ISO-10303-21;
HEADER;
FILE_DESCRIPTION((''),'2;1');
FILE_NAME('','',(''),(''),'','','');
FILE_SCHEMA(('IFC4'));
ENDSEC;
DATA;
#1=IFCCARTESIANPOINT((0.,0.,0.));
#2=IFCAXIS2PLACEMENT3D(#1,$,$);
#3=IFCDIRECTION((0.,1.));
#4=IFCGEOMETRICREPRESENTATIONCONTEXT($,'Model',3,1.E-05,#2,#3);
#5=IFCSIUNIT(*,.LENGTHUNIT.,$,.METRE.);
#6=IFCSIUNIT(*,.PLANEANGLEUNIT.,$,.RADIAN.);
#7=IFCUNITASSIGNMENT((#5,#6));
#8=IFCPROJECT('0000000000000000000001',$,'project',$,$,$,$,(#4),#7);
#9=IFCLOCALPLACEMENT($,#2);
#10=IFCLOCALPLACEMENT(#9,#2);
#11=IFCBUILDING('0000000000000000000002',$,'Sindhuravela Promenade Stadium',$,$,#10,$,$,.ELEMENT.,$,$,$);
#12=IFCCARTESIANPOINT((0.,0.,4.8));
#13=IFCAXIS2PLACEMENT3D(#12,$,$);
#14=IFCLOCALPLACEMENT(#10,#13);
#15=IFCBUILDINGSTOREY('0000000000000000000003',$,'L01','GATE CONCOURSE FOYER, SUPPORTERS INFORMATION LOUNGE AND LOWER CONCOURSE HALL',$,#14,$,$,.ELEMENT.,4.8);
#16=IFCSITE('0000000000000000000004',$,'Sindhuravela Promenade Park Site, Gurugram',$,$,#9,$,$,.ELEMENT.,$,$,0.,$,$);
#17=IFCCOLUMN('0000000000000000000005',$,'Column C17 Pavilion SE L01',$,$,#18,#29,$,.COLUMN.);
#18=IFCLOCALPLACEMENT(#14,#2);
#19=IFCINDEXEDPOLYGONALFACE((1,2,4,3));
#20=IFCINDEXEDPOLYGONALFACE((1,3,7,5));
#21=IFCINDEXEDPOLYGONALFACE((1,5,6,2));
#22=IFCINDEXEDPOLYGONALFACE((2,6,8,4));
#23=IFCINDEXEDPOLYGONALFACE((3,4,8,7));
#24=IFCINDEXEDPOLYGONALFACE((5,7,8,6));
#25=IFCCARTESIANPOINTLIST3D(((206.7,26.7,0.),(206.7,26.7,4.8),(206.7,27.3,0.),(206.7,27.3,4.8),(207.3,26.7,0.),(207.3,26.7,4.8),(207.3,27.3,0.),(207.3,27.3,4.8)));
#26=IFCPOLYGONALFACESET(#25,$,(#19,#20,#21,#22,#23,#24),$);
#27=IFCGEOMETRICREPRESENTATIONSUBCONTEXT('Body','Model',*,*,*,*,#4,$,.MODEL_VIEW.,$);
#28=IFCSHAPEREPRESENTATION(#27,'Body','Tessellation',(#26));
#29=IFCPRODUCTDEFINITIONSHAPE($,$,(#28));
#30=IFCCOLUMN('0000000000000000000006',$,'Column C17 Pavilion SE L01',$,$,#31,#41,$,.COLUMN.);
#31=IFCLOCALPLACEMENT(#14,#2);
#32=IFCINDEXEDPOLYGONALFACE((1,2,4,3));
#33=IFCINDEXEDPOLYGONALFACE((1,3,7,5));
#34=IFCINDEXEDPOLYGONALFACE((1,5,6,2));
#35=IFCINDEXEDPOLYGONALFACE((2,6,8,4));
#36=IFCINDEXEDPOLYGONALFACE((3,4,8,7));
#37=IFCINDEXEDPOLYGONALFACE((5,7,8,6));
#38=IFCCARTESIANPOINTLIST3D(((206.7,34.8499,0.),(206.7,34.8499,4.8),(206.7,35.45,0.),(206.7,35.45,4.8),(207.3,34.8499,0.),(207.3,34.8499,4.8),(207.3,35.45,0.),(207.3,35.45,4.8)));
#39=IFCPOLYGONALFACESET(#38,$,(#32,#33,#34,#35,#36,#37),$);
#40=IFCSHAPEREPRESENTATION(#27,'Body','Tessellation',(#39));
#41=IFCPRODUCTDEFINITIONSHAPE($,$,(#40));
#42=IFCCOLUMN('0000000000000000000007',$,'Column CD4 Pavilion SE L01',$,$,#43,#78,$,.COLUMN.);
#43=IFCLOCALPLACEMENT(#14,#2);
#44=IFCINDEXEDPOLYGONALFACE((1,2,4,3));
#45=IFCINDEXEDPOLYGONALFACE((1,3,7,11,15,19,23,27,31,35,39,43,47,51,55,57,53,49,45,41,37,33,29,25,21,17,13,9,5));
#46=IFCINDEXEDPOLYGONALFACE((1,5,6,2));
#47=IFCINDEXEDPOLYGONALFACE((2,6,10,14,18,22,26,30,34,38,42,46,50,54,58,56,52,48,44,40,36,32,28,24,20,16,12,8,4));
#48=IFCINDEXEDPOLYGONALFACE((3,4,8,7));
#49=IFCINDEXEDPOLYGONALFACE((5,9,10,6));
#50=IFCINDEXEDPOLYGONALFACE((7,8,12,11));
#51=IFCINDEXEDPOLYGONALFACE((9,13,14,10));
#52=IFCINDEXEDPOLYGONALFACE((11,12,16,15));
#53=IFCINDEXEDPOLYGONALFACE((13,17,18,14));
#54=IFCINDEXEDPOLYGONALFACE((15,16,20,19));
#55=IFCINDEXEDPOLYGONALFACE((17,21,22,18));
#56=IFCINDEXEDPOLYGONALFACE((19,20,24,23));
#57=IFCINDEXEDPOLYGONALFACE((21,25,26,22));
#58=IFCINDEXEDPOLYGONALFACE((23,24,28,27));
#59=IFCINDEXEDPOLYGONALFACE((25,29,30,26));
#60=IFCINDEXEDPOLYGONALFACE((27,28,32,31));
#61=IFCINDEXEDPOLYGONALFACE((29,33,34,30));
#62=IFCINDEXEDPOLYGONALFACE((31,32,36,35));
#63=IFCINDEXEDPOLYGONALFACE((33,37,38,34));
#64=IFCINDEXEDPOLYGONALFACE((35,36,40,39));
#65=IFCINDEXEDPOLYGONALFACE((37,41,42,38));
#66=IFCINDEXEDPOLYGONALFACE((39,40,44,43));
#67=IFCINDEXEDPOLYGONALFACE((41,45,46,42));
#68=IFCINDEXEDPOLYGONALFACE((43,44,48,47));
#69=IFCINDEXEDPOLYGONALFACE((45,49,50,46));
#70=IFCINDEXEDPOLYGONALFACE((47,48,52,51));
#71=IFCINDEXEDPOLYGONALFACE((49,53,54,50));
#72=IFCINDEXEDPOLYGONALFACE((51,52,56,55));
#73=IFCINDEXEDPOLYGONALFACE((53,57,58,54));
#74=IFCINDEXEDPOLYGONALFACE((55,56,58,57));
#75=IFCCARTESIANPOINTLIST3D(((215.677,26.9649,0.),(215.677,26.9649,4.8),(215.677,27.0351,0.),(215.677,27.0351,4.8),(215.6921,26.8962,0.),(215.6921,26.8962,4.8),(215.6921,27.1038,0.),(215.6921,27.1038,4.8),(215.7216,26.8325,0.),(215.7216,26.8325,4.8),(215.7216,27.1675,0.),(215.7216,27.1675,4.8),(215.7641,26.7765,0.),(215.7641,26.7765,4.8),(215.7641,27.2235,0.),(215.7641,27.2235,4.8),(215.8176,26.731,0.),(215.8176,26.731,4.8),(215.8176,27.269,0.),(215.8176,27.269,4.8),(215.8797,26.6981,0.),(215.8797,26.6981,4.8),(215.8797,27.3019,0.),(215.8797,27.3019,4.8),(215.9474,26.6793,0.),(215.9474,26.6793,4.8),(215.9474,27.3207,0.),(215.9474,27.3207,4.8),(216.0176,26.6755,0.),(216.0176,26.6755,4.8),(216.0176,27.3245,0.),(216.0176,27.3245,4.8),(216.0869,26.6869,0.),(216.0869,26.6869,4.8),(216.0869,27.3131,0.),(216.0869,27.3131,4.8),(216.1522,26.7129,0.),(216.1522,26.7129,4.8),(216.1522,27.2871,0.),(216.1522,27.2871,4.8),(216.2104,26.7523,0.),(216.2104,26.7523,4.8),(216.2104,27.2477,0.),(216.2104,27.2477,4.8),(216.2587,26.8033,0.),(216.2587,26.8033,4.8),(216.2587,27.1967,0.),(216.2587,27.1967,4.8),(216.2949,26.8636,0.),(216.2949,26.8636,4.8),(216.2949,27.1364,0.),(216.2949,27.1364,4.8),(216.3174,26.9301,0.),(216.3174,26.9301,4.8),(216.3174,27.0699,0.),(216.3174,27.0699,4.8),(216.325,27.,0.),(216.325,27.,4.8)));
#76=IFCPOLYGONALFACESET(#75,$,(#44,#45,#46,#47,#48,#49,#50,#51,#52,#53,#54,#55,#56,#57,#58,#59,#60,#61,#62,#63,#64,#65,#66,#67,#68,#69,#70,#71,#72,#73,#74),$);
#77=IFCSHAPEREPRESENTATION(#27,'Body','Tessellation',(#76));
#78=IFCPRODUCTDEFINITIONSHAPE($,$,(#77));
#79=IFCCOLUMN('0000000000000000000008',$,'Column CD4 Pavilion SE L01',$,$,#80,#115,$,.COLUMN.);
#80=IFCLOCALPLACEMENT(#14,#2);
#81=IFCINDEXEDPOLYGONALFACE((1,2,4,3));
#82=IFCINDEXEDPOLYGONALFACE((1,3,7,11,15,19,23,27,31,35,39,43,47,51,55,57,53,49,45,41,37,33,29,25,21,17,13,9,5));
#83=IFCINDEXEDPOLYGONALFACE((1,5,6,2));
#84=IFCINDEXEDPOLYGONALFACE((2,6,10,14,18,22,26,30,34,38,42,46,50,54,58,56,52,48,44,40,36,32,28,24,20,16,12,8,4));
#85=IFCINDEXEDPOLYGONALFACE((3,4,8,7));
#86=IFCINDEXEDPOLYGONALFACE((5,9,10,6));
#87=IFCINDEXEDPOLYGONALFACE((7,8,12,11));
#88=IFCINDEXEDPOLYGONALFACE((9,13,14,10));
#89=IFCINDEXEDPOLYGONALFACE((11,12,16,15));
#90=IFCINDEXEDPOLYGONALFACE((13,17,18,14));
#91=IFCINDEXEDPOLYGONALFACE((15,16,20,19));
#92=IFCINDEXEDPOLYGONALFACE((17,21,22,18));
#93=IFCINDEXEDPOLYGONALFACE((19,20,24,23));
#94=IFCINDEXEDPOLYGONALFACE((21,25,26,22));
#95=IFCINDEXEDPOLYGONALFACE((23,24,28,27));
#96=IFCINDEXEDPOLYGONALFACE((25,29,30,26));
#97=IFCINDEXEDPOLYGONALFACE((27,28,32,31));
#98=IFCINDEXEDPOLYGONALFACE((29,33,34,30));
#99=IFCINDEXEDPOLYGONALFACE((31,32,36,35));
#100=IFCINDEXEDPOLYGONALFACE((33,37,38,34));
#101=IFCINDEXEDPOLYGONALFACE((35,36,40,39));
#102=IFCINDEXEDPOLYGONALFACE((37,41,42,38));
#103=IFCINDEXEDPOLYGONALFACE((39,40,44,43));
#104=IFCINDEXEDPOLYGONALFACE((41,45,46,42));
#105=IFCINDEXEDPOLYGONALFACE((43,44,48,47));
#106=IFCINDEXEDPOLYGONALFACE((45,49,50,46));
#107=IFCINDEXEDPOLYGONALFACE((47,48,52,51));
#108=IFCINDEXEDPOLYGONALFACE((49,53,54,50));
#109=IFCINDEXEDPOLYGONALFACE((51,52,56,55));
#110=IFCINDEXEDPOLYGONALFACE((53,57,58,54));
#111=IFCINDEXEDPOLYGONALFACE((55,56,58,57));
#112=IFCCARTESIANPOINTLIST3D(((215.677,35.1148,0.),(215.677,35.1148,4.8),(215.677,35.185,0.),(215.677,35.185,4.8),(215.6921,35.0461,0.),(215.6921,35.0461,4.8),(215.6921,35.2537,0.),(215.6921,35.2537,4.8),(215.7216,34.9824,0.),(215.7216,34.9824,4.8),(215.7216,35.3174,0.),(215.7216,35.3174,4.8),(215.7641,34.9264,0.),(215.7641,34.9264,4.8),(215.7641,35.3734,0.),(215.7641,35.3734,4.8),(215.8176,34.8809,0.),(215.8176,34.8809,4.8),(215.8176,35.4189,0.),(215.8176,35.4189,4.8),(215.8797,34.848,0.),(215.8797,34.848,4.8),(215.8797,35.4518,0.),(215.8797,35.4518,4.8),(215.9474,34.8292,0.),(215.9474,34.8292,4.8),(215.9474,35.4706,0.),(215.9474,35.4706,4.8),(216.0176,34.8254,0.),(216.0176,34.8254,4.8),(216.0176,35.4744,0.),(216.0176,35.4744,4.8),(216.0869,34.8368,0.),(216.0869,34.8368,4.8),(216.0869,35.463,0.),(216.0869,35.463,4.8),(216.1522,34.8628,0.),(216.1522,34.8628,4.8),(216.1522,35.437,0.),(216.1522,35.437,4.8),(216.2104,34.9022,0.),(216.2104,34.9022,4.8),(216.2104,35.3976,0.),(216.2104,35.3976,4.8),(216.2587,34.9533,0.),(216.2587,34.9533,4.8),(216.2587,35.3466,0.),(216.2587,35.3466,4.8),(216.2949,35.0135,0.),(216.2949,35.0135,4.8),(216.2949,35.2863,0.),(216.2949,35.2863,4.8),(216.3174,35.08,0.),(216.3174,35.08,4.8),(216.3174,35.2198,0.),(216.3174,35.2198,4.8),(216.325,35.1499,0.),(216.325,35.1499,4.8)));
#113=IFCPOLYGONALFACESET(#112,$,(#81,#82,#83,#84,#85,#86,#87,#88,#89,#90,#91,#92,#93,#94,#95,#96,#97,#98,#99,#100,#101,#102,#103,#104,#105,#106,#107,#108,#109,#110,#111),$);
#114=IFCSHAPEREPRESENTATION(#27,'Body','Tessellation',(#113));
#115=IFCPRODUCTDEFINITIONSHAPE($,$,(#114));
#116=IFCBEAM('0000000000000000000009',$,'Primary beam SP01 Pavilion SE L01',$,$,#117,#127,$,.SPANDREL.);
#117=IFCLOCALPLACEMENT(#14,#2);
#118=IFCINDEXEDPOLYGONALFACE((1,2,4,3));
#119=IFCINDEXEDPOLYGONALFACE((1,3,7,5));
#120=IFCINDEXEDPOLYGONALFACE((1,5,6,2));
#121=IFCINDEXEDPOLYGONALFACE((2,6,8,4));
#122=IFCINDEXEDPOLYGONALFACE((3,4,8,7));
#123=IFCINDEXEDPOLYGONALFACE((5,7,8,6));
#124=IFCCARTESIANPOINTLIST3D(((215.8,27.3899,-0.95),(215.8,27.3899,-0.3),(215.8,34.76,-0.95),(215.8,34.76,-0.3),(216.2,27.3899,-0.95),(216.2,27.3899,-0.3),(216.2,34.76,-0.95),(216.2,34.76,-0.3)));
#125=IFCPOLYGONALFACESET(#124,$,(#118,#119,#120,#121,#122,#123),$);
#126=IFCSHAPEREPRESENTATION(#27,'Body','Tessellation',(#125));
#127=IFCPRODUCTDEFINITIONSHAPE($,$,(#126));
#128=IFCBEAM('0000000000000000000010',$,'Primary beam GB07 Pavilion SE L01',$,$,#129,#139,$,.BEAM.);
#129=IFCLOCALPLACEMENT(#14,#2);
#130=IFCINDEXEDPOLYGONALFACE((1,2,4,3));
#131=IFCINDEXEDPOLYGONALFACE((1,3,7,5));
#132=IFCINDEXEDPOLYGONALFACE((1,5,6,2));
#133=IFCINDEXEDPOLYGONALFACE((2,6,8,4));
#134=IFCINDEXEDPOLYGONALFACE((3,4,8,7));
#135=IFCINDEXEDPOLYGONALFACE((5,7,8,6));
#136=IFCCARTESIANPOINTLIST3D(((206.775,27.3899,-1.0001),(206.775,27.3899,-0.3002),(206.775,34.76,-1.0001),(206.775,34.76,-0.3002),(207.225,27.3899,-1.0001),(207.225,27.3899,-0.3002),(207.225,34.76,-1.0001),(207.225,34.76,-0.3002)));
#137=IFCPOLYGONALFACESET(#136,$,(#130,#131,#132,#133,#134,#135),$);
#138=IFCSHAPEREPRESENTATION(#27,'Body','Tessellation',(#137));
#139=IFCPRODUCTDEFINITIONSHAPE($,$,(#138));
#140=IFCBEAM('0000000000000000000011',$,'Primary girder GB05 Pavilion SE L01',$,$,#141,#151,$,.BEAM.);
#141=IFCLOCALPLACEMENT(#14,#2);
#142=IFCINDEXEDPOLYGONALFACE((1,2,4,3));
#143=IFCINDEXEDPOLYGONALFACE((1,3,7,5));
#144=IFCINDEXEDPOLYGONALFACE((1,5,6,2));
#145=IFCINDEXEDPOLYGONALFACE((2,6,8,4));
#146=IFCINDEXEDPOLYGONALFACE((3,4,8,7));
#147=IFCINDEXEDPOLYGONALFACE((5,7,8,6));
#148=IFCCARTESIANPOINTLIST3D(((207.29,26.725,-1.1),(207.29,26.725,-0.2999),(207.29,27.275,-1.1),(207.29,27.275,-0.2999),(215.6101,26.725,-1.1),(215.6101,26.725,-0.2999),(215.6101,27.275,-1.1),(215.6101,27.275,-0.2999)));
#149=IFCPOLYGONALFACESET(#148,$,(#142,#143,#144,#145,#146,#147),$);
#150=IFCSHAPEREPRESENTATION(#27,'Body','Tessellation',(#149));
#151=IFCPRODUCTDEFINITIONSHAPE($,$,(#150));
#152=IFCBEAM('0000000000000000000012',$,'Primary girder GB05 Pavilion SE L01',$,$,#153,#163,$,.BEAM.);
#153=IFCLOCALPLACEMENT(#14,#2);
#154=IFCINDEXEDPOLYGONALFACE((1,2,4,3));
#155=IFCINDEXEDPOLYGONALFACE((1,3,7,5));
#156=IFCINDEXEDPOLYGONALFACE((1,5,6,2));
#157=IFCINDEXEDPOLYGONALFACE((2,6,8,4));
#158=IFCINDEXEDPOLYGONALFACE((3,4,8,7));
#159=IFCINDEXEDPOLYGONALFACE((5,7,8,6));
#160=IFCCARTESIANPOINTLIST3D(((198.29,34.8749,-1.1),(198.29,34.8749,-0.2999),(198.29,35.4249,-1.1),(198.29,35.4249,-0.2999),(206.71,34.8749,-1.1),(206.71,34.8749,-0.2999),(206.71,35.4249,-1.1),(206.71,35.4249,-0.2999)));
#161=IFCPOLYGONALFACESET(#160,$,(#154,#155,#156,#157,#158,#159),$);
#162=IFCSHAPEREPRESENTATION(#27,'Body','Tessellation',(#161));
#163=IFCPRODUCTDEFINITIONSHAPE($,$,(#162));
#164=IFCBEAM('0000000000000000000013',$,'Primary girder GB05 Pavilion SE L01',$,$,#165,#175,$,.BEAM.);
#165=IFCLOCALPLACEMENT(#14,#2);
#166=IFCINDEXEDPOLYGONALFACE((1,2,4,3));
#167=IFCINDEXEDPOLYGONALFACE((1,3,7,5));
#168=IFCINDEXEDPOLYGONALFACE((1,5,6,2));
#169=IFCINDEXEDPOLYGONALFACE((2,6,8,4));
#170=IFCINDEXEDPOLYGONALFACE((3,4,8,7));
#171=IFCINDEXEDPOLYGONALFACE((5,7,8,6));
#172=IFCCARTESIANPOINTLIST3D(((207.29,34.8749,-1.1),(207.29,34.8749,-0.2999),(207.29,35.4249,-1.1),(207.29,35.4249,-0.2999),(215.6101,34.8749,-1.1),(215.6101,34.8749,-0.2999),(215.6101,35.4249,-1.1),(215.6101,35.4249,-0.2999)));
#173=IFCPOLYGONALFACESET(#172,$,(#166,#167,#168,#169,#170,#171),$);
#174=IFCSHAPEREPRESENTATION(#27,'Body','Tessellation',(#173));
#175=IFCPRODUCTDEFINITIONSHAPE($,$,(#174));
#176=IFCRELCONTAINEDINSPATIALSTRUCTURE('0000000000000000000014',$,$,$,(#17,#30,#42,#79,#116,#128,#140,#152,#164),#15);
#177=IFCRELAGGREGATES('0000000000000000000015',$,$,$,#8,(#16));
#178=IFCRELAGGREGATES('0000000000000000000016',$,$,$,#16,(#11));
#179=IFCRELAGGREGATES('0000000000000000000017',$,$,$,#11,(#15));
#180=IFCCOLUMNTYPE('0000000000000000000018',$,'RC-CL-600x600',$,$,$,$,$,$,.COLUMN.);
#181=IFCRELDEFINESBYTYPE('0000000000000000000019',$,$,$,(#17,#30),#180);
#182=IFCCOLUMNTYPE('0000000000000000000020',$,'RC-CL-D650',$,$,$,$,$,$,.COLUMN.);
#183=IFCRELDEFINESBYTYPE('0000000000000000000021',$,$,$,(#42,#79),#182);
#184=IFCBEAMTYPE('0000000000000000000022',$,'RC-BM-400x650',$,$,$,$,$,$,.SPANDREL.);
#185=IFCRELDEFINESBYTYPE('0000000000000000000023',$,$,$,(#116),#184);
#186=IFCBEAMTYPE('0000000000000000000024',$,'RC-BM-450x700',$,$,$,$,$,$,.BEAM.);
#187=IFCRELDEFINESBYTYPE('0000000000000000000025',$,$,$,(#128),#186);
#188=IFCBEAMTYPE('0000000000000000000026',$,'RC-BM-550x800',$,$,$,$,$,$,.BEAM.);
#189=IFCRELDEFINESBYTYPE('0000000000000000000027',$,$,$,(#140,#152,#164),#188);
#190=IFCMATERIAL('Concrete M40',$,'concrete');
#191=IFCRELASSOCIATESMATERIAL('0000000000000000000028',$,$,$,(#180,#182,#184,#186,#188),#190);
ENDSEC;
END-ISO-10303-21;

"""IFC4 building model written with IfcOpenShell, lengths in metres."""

from ifc_helpers import new_model, si_unit, direction, frame, origin, origin_2d, place, context, subcontext, project, spatial, rectangle, circle, extrude, material, material_profile, profile_set, type_object, element, save


model = new_model("IFC4")

# Units and contexts
model_context = context("Model", 3, precision=1e-05, world=origin(), true_north=direction((0.0, 1.0)))
body_context = subcontext(model_context, "Body", "Model", "MODEL_VIEW")
ifc_project = project(units=[si_unit("LENGTHUNIT", "METRE"), si_unit("PLANEANGLEUNIT", "RADIAN")], contexts=[model_context])

# Site, building, storey
site_placement = place(None, origin())
site = spatial("IfcSite", under=ifc_project, at=site_placement, Name="Sindhuravela Promenade Park Site, Gurugram", CompositionType="ELEMENT", RefElevation=0.0)
building_placement = place(site_placement, origin())
building = spatial("IfcBuilding", under=site, at=building_placement, Name="Sindhuravela Promenade Stadium", CompositionType="ELEMENT")
storey_placement = place(building_placement, frame((0.0, 0.0, 4.8)))
storey = spatial("IfcBuildingStorey", under=building, at=storey_placement, Name="L01", Description="GATE CONCOURSE FOYER, SUPPORTERS INFORMATION LOUNGE AND LOWER CONCOURSE HALL", CompositionType="ELEMENT", Elevation=4.8)

# Columns
ifc_material_1 = material(Name="Concrete M40", Category="concrete")
ifc_material_profile_1 = material_profile(ifc_material_1, rectangle(XDim=0.6001, YDim=0.6001, at=origin_2d()), Name="RC 600x600")
ifc_profile_set_1 = profile_set([ifc_material_profile_1], Name="Concrete M40")
column_type_1 = type_object("IfcColumnType", Name="RC-CL-600x600", PredefinedType="COLUMN", material=ifc_profile_set_1)
for number, where, z_axis, x_axis, name in (
    (1, (207.0, 27.0, 0.0), (0.0, 0.0, 1.0), (1.0, 0.0, 0.0), "Column C17 Pavilion SE L01"),
    (2, (207.0, 35.1499, 0.0), (0.0, 0.0, 1.0), (1.0, 0.0, 0.0), "Column C17 Pavilion SE L01"),
):
    element("IfcColumn", number, at=place(storey_placement, frame(where, z_axis=z_axis, x_axis=x_axis)), inside=storey, type_object=column_type_1, Name=name, PredefinedType="COLUMN", context=body_context, shape_type="SweptSolid", body=[
        extrude(rectangle(XDim=0.6001, YDim=0.6001, at=origin_2d()), origin(), (0.0, 0.0, 1.0), 4.8),
    ])
ifc_material_profile_2 = material_profile(ifc_material_1, circle(Radius=0.325, at=origin_2d()), Name="RC D650")
ifc_profile_set_2 = profile_set([ifc_material_profile_2], Name="Concrete M40")
column_type_2 = type_object("IfcColumnType", Name="RC-CL-D650", PredefinedType="COLUMN", material=ifc_profile_set_2)
for number, where, z_axis, x_axis, name in (
    (3, (216.0, 27.0, 0.0), (0.0, 0.0, 1.0), (1.0, 0.0, 0.0), "Column CD4 Pavilion SE L01"),
    (4, (216.0, 35.1499, 0.0), (0.0, 0.0, 1.0), (1.0, 0.0, 0.0), "Column CD4 Pavilion SE L01"),
):
    element("IfcColumn", number, at=place(storey_placement, frame(where, z_axis=z_axis, x_axis=x_axis)), inside=storey, type_object=column_type_2, Name=name, PredefinedType="COLUMN", context=body_context, shape_type="SweptSolid", body=[
        extrude(circle(Radius=0.325, at=origin_2d()), origin(), (0.0, 0.0, 1.0), 4.8),
    ])

# Beams
ifc_material_profile_3 = material_profile(ifc_material_1, rectangle(XDim=0.3999, YDim=0.6499, at=origin_2d()), Name="RC 400x650")
ifc_profile_set_3 = profile_set([ifc_material_profile_3], Name="Concrete M40")
beam_type_1 = type_object("IfcBeamType", Name="RC-BM-400x650", PredefinedType="SPANDREL", material=ifc_profile_set_3)
beam_1_placement = place(storey_placement, frame((216.0, 27.3899, -0.625), z_axis=(0.0, 1.0, 0.0), x_axis=(-1.0, 0.0, 0.0)))
element("IfcBeam", 5, at=beam_1_placement, inside=storey, type_object=beam_type_1, Name="Primary beam SP01 Pavilion SE L01", PredefinedType="SPANDREL", context=body_context, shape_type="SweptSolid", body=[
    extrude(rectangle(XDim=0.3999, YDim=0.6499, at=origin_2d()), origin(), (0.0, 0.0, 1.0), 7.3701),
])
ifc_material_profile_4 = material_profile(ifc_material_1, rectangle(XDim=0.45, YDim=0.7, at=origin_2d()), Name="RC 450x700")
ifc_profile_set_4 = profile_set([ifc_material_profile_4], Name="Concrete M40")
beam_type_2 = type_object("IfcBeamType", Name="RC-BM-450x700", PredefinedType="BEAM", material=ifc_profile_set_4)
beam_2_placement = place(storey_placement, frame((207.0, 27.3899, -0.6501), z_axis=(0.0, 1.0, 0.0), x_axis=(-1.0, 0.0, 0.0)))
element("IfcBeam", 6, at=beam_2_placement, inside=storey, type_object=beam_type_2, Name="Primary beam GB07 Pavilion SE L01", PredefinedType="BEAM", context=body_context, shape_type="SweptSolid", body=[
    extrude(rectangle(XDim=0.45, YDim=0.7, at=origin_2d()), origin(), (0.0, 0.0, 1.0), 7.3701),
])
ifc_material_profile_5 = material_profile(ifc_material_1, rectangle(XDim=0.55, YDim=0.8, at=origin_2d()), Name="RC 550x800")
ifc_profile_set_5 = profile_set([ifc_material_profile_5], Name="Concrete M40")
beam_type_3 = type_object("IfcBeamType", Name="RC-BM-550x800", PredefinedType="BEAM", material=ifc_profile_set_5)
beam_3_placement = place(storey_placement, frame((207.29, 27.0, -0.7), z_axis=(1.0, 0.0, 0.0), x_axis=(0.0, 1.0, 0.0)))
element("IfcBeam", 7, at=beam_3_placement, inside=storey, type_object=beam_type_3, Name="Primary girder GB05 Pavilion SE L01", PredefinedType="BEAM", context=body_context, shape_type="SweptSolid", body=[
    extrude(rectangle(XDim=0.55, YDim=0.8, at=origin_2d()), origin(), (0.0, 0.0, 1.0), 8.3201),
])
beam_4_placement = place(storey_placement, frame((198.29, 35.1499, -0.7), z_axis=(1.0, 0.0, 0.0), x_axis=(0.0, 1.0, 0.0)))
element("IfcBeam", 8, at=beam_4_placement, inside=storey, type_object=beam_type_3, Name="Primary girder GB05 Pavilion SE L01", PredefinedType="BEAM", context=body_context, shape_type="SweptSolid", body=[
    extrude(rectangle(XDim=0.55, YDim=0.8, at=origin_2d()), origin(), (0.0, 0.0, 1.0), 8.4199),
])
beam_5_placement = place(storey_placement, frame((207.29, 35.1499, -0.7), z_axis=(1.0, 0.0, 0.0), x_axis=(0.0, 1.0, 0.0)))
element("IfcBeam", 9, at=beam_5_placement, inside=storey, type_object=beam_type_3, Name="Primary girder GB05 Pavilion SE L01", PredefinedType="BEAM", context=body_context, shape_type="SweptSolid", body=[
    extrude(rectangle(XDim=0.55, YDim=0.8, at=origin_2d()), origin(), (0.0, 0.0, 1.0), 8.3201),
])

save(model, "model.ifc")
